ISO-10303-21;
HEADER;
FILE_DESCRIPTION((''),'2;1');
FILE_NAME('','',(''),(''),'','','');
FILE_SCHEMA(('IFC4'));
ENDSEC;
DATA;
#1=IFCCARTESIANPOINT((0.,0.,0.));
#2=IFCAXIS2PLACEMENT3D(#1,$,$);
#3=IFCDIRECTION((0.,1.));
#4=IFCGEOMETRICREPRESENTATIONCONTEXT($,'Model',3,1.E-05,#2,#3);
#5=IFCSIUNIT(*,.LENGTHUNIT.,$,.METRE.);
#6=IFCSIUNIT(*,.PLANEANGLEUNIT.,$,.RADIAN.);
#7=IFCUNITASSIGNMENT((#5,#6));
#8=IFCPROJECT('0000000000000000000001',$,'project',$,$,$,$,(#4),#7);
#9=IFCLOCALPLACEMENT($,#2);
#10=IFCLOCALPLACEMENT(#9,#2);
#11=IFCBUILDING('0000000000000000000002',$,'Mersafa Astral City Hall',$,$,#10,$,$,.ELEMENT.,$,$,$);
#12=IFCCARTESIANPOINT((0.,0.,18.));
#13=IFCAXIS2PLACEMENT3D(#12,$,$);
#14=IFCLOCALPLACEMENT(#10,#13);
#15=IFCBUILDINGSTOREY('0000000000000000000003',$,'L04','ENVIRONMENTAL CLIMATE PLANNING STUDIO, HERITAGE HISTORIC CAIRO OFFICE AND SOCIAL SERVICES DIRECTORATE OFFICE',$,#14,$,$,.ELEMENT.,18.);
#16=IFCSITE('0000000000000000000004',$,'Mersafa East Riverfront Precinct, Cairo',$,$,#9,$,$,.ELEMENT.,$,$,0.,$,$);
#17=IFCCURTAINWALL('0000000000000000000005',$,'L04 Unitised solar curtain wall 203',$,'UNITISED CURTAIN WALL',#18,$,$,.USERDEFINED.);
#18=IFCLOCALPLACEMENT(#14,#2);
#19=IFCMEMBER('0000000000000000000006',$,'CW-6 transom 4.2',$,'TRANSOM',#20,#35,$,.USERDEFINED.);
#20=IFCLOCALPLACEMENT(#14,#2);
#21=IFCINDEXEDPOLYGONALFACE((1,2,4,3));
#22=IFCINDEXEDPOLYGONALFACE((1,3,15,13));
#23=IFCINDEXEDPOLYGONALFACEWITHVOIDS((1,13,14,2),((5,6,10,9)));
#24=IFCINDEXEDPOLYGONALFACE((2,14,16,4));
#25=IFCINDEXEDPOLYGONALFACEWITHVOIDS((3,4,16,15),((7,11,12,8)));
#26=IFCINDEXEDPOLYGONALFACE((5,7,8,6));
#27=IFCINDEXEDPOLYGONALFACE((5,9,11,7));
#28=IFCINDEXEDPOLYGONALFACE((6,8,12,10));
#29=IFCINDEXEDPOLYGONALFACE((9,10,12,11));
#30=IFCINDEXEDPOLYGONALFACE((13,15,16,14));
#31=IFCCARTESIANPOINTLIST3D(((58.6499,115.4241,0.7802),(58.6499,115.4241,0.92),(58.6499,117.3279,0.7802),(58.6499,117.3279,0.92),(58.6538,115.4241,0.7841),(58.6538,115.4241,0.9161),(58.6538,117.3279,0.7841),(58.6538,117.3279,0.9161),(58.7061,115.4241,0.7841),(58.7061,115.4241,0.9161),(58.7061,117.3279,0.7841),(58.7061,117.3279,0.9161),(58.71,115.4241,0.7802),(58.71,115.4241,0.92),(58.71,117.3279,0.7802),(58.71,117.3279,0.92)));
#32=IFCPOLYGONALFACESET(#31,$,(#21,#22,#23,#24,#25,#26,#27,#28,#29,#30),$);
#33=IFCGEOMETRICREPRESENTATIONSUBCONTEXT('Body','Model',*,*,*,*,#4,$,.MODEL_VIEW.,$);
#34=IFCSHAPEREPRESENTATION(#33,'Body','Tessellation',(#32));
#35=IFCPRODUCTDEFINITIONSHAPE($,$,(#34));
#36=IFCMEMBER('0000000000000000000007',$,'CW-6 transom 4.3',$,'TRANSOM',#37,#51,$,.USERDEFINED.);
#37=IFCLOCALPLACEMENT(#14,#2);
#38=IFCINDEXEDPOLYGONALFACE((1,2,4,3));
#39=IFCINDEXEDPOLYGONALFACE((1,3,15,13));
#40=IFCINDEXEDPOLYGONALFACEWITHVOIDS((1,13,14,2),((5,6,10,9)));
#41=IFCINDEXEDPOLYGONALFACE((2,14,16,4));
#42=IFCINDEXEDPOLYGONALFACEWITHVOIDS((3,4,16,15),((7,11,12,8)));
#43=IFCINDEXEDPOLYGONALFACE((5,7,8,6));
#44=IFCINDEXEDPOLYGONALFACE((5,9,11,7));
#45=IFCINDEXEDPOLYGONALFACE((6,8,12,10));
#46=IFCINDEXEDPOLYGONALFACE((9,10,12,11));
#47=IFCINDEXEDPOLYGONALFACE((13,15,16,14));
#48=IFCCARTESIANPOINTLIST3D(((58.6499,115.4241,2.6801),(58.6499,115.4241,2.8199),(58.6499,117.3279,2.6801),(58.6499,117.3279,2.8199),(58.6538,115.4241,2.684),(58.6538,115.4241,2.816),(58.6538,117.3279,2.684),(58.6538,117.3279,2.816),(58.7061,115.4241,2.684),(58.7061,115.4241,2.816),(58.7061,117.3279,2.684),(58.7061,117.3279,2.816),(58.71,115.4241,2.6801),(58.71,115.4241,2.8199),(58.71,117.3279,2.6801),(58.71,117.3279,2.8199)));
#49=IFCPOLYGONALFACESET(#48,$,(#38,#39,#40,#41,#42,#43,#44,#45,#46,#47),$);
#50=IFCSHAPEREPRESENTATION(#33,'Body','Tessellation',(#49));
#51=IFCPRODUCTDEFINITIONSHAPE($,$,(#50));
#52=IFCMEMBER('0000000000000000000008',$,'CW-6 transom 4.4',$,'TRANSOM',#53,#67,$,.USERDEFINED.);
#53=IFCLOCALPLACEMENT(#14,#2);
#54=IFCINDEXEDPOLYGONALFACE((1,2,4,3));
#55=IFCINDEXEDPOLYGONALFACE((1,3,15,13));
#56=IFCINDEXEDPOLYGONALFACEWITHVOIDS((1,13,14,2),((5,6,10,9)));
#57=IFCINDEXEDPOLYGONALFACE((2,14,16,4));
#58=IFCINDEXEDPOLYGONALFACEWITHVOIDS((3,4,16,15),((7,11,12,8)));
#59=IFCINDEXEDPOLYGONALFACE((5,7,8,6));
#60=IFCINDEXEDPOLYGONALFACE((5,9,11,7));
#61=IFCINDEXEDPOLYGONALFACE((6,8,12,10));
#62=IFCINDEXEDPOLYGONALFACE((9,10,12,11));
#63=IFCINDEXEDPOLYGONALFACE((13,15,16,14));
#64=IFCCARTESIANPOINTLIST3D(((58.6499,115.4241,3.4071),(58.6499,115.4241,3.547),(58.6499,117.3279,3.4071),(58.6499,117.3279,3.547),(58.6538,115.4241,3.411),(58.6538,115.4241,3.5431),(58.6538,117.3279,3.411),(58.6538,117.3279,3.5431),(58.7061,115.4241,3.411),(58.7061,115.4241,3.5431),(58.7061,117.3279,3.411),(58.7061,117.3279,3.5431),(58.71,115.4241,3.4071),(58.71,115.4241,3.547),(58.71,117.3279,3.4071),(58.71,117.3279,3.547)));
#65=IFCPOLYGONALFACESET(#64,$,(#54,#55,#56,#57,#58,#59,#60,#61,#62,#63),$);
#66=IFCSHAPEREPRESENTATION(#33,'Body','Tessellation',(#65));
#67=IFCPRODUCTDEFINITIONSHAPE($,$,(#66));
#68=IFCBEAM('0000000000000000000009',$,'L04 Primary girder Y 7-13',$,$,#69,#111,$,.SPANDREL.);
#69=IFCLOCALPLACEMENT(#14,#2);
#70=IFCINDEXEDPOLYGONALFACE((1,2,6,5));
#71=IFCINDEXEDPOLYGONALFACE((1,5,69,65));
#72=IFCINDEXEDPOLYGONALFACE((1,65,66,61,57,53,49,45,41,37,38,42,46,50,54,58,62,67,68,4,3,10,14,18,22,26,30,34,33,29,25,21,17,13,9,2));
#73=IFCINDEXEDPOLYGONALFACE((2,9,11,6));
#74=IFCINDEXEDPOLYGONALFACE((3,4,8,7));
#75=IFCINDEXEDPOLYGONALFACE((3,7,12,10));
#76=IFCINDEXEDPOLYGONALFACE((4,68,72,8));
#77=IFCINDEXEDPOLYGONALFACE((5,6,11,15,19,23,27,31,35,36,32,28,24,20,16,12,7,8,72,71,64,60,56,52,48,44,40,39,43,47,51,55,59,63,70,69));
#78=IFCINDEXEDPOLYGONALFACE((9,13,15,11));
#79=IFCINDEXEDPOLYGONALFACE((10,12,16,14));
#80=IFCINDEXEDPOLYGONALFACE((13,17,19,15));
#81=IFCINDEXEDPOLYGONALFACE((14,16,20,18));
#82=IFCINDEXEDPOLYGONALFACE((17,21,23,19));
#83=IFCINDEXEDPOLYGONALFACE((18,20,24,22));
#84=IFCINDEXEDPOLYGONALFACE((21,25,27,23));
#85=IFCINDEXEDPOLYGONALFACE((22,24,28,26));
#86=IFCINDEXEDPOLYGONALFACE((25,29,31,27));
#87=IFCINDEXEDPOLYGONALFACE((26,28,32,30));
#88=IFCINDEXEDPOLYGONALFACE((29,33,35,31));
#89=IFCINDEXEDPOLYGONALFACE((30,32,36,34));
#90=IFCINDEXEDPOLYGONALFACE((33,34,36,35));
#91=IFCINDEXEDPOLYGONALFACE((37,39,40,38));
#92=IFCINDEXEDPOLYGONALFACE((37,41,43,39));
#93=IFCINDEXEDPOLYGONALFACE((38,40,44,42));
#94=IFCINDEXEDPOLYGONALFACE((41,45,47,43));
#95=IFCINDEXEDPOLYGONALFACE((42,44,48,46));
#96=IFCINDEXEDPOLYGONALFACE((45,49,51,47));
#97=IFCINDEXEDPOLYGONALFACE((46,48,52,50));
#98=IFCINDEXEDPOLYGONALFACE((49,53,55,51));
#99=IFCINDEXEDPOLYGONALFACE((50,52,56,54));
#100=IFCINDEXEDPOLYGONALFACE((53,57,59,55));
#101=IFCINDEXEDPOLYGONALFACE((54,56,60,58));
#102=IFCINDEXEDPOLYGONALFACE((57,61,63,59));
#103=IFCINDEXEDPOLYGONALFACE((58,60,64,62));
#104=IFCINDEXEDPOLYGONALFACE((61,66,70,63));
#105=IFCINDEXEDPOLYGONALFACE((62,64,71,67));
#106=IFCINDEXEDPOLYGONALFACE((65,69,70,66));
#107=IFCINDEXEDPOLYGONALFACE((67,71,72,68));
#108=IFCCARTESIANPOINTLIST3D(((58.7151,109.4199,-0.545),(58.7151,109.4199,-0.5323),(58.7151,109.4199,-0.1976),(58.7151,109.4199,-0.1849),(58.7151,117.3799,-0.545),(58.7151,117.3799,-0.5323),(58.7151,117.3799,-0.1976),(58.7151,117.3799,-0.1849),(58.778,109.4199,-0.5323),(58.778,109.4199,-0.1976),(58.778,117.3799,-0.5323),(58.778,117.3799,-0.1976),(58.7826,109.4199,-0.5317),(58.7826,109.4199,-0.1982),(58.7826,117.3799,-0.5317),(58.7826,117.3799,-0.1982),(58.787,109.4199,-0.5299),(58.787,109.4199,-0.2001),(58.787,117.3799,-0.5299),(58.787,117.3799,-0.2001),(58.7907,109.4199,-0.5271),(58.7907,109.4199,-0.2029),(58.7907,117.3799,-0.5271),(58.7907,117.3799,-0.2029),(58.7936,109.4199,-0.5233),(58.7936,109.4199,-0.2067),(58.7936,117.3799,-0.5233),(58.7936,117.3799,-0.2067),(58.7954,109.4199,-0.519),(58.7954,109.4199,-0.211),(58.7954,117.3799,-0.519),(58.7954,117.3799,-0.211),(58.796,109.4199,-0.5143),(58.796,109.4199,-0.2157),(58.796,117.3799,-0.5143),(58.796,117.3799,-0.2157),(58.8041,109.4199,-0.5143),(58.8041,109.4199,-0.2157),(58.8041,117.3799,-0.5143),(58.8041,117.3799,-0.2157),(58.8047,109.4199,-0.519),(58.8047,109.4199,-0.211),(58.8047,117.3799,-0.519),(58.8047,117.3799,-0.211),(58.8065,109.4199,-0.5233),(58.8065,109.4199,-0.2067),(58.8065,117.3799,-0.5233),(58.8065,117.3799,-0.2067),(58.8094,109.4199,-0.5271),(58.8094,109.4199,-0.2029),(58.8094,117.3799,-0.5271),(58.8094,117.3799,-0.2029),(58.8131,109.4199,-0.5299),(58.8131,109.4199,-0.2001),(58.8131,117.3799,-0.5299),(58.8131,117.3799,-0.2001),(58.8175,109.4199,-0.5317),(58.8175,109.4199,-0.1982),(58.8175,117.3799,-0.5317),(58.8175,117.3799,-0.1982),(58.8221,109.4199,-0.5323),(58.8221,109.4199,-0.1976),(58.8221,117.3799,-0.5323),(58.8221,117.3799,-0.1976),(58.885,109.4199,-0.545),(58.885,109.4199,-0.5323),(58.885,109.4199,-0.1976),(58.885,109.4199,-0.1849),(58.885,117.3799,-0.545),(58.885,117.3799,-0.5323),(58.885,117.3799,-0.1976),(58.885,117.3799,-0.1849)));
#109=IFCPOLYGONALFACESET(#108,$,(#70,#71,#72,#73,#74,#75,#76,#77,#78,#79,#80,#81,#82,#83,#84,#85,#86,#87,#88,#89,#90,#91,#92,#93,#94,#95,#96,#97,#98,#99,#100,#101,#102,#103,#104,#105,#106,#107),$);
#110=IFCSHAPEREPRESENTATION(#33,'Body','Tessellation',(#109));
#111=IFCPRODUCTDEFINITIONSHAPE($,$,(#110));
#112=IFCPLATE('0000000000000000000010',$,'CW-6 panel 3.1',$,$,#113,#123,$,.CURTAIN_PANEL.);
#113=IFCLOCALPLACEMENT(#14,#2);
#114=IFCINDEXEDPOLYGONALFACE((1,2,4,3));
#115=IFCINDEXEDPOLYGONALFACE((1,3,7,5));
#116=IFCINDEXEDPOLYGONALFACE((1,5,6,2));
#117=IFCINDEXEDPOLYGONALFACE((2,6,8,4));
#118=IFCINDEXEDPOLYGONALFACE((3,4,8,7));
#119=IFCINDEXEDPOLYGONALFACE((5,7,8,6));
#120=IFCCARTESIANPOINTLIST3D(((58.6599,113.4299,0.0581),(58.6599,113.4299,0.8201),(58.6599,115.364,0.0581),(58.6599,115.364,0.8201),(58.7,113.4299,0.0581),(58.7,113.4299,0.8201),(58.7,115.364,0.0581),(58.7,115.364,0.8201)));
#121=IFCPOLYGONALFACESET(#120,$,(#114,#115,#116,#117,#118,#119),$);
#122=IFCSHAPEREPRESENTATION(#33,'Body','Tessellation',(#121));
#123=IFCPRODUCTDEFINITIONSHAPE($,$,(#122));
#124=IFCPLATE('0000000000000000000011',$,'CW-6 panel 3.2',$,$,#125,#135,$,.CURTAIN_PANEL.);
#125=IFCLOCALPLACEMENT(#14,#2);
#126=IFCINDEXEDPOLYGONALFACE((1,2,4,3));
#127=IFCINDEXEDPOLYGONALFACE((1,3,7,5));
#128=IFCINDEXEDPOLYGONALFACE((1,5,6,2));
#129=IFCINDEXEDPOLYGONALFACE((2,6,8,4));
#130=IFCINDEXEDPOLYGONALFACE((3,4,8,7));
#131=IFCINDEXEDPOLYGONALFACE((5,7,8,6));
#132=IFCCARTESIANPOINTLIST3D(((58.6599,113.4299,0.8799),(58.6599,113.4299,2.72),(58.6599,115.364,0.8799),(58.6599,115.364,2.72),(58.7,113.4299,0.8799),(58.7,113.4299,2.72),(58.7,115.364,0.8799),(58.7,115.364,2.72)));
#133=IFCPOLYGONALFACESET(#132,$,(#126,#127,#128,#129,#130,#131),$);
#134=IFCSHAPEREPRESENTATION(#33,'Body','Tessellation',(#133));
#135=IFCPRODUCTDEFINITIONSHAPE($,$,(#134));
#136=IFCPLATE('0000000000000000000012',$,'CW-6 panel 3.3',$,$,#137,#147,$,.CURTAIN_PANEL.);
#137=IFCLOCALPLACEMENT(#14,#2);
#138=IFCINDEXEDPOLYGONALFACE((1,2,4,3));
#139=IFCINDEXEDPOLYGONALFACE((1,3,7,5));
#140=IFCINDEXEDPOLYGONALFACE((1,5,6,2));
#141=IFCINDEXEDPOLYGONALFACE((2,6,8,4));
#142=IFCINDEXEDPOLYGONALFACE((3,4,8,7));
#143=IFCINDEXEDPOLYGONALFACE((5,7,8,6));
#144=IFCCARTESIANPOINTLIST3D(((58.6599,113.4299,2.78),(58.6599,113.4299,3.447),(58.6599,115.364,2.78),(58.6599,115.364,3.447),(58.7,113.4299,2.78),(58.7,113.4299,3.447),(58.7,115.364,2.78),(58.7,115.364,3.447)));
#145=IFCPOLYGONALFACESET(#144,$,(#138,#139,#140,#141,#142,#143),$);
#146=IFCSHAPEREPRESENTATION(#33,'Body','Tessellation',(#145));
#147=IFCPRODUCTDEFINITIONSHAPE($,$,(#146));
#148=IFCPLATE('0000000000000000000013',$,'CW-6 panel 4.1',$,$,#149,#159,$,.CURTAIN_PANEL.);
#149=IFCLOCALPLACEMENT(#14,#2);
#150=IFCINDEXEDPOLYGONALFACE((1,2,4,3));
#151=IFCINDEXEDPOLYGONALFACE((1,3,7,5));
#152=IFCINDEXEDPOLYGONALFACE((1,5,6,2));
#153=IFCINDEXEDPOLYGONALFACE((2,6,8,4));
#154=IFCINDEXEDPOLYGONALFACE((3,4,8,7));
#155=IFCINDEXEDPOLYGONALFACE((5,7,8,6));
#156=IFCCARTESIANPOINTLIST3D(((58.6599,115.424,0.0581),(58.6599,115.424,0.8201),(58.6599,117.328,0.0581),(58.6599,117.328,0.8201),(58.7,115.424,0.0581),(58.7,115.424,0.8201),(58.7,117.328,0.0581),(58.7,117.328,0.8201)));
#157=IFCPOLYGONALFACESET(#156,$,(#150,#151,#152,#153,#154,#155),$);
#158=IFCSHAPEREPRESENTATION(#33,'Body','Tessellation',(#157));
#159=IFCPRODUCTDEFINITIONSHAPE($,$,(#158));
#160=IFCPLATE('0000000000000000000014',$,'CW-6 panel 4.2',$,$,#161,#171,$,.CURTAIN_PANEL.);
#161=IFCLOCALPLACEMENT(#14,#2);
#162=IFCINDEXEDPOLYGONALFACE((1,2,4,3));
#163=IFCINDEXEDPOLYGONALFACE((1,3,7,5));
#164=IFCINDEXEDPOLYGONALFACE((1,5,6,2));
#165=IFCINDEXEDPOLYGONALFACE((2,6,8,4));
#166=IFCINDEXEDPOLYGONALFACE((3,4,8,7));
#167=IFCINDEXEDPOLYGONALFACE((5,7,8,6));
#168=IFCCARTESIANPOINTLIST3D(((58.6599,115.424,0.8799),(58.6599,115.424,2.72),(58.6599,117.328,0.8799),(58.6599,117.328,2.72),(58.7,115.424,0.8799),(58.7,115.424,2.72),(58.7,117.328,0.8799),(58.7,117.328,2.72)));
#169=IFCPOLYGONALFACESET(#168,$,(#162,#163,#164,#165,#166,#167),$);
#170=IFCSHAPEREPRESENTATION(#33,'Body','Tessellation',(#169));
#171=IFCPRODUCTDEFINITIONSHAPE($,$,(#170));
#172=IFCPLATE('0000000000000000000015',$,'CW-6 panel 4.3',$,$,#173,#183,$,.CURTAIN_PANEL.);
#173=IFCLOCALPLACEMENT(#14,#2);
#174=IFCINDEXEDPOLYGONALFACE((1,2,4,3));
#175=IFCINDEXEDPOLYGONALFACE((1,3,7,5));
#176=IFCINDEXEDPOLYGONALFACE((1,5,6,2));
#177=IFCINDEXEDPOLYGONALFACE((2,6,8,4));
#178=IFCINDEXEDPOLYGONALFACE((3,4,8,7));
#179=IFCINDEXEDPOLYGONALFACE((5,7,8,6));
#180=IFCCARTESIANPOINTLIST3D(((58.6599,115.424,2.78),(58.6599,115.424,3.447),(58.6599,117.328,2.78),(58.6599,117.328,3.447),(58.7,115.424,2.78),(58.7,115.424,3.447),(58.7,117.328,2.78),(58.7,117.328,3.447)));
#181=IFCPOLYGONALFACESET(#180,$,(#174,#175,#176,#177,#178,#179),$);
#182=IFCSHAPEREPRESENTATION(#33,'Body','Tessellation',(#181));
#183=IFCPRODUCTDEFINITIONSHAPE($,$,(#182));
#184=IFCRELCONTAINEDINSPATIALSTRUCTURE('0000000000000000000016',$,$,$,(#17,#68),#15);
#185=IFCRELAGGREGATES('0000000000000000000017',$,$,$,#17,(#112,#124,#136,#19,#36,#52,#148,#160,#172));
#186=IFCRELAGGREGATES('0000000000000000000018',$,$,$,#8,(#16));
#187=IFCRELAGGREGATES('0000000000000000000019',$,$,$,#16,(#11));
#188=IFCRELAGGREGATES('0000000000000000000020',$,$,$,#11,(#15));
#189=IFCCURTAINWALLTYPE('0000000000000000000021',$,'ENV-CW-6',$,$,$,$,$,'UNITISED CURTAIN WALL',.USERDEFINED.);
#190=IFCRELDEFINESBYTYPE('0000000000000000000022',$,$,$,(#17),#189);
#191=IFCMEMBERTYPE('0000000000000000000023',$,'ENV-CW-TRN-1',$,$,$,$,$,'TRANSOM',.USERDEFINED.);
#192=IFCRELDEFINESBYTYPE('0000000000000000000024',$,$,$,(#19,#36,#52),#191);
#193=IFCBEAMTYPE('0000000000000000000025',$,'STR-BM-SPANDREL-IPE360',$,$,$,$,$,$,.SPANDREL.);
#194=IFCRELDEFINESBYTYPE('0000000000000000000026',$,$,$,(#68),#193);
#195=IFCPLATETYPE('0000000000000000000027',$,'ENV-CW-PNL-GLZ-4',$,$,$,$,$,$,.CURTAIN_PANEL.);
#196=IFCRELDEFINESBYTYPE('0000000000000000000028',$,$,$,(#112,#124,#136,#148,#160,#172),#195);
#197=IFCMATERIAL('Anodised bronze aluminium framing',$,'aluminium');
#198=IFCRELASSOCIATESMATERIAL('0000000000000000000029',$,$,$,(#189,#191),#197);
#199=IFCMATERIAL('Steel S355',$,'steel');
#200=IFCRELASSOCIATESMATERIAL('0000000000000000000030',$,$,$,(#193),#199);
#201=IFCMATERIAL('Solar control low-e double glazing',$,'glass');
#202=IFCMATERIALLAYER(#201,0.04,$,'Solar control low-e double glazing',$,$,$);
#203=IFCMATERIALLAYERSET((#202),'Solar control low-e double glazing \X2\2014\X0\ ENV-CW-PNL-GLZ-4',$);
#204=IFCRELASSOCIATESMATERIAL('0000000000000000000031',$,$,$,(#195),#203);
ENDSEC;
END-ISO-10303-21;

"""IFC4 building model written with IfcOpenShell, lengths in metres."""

from ifc_helpers import new_model, si_unit, direction, frame, origin, origin_2d, place, context, subcontext, project, spatial, rectangle, hollow_rectangle, i_section, extrude, material, layer, layer_set, material_profile, profile_set, type_object, element, aggregate, save


model = new_model("IFC4")

# Units and contexts
model_context = context("Model", 3, precision=1e-05, world=origin(), true_north=direction((0.0, 1.0)))
body_context = subcontext(model_context, "Body", "Model", "MODEL_VIEW")
ifc_project = project(units=[si_unit("LENGTHUNIT", "METRE"), si_unit("PLANEANGLEUNIT", "RADIAN")], contexts=[model_context])

# Site, building, storey
site_placement = place(None, origin())
site = spatial("IfcSite", under=ifc_project, at=site_placement, Name="Mersafa East Riverfront Precinct, Cairo", CompositionType="ELEMENT", RefElevation=0.0)
building_placement = place(site_placement, origin())
building = spatial("IfcBuilding", under=site, at=building_placement, Name="Mersafa Astral City Hall", CompositionType="ELEMENT")
storey_placement = place(building_placement, frame((0.0, 0.0, 18.0)))
storey = spatial("IfcBuildingStorey", under=building, at=storey_placement, Name="L04", Description="ENVIRONMENTAL CLIMATE PLANNING STUDIO, HERITAGE HISTORIC CAIRO OFFICE AND SOCIAL SERVICES DIRECTORATE OFFICE", CompositionType="ELEMENT", Elevation=18.0)

# Shared definitions
ifc_material_1 = material(Name="Steel S355", Category="steel")

# Curtain wall, members
ifc_material_2 = material(Name="Anodised bronze aluminium framing", Category="aluminium")
curtain_wall_type = type_object("IfcCurtainWallType", Name="ENV-CW-6", ElementType="UNITISED CURTAIN WALL", PredefinedType="USERDEFINED", material=ifc_material_2)
curtain_wall_placement = place(storey_placement, origin())
curtain_wall = element("IfcCurtainWall", 1, at=curtain_wall_placement, inside=storey, type_object=curtain_wall_type, Name="L04 Unitised solar curtain wall 203", ObjectType="UNITISED CURTAIN WALL", PredefinedType="USERDEFINED")
ifc_material_profile_1 = material_profile(ifc_material_2, hollow_rectangle(XDim=0.0601, YDim=0.1399, WallThickness=0.0039, at=origin_2d()), Name="RHS 60x140x4")
ifc_profile_set_1 = profile_set([ifc_material_profile_1], Name="Anodised bronze aluminium framing")
member_type_1 = type_object("IfcMemberType", Name="ENV-CW-TRN-1", ElementType="TRANSOM", PredefinedType="USERDEFINED", material=ifc_profile_set_1)
member_1_placement = place(storey_placement, frame((58.6799, 115.4241, 0.8501), z_axis=(0.0, 1.0, 0.0), x_axis=(-1.0, 0.0, 0.0)))
member_1 = element("IfcMember", 2, at=member_1_placement, type_object=member_type_1, Name="CW-6 transom 4.2", ObjectType="TRANSOM", PredefinedType="USERDEFINED", context=body_context, shape_type="SweptSolid", body=[
    extrude(hollow_rectangle(XDim=0.0601, YDim=0.1399, WallThickness=0.0039, at=origin_2d()), origin(), (0.0, 0.0, 1.0), 1.9038),
])
member_2_placement = place(storey_placement, frame((58.6799, 115.4241, 2.75), z_axis=(0.0, 1.0, 0.0), x_axis=(-1.0, 0.0, 0.0)))
member_2 = element("IfcMember", 3, at=member_2_placement, type_object=member_type_1, Name="CW-6 transom 4.3", ObjectType="TRANSOM", PredefinedType="USERDEFINED", context=body_context, shape_type="SweptSolid", body=[
    extrude(hollow_rectangle(XDim=0.0601, YDim=0.1399, WallThickness=0.0039, at=origin_2d()), origin(), (0.0, 0.0, 1.0), 1.9038),
])
member_3_placement = place(storey_placement, frame((58.6799, 115.4241, 3.4771), z_axis=(0.0, 1.0, 0.0), x_axis=(-1.0, 0.0, 0.0)))
member_3 = element("IfcMember", 4, at=member_3_placement, type_object=member_type_1, Name="CW-6 transom 4.4", ObjectType="TRANSOM", PredefinedType="USERDEFINED", context=body_context, shape_type="SweptSolid", body=[
    extrude(hollow_rectangle(XDim=0.0601, YDim=0.1399, WallThickness=0.0039, at=origin_2d()), origin(), (0.0, 0.0, 1.0), 1.9038),
])

# Beam
ifc_material_profile_2 = material_profile(ifc_material_1, i_section(OverallWidth=0.1699, OverallDepth=0.3601, WebThickness=0.0081, FlangeThickness=0.0127, FilletRadius=0.0181, at=origin_2d()), Name="IPE 360")
ifc_profile_set_2 = profile_set([ifc_material_profile_2], Name="Steel S355")
beam_type = type_object("IfcBeamType", Name="STR-BM-SPANDREL-IPE360", PredefinedType="SPANDREL", material=ifc_profile_set_2)
beam_placement = place(storey_placement, frame((58.8, 109.4199, -0.365), z_axis=(0.0, 1.0, 0.0), x_axis=(-1.0, 0.0, 0.0)))
element("IfcBeam", 5, at=beam_placement, inside=storey, type_object=beam_type, Name="L04 Primary girder Y 7-13", PredefinedType="SPANDREL", context=body_context, shape_type="SweptSolid", body=[
    extrude(i_section(OverallWidth=0.1699, OverallDepth=0.3601, WebThickness=0.0081, FlangeThickness=0.0127, FilletRadius=0.0181, at=origin_2d()), origin(), (0.0, 0.0, 1.0), 7.96),
])

# Plates
ifc_material_3 = material(Name="Solar control low-e double glazing", Category="glass")
ifc_layer_1 = layer(ifc_material_3, 0.04, Name="Solar control low-e double glazing")
ifc_layer_set_1 = layer_set([ifc_layer_1], Name="Solar control low-e double glazing — ENV-CW-PNL-GLZ-4")
plate_type = type_object("IfcPlateType", Name="ENV-CW-PNL-GLZ-4", PredefinedType="CURTAIN_PANEL", material=ifc_layer_set_1)
plate_1_placement = place(storey_placement, frame((58.6799, 114.397, 0.0581), z_axis=(0.0, 0.0, 1.0), x_axis=(0.0, 1.0, 0.0)))
plate_1 = element("IfcPlate", 6, at=plate_1_placement, type_object=plate_type, Name="CW-6 panel 3.1", PredefinedType="CURTAIN_PANEL", context=body_context, shape_type="SweptSolid", body=[
    extrude(rectangle(XDim=1.9341, YDim=0.04, at=origin_2d()), origin(), (0.0, 0.0, 1.0), 0.762),
])
plate_2_placement = place(storey_placement, frame((58.6799, 114.397, 0.8799), z_axis=(0.0, 0.0, 1.0), x_axis=(0.0, 1.0, 0.0)))
plate_2 = element("IfcPlate", 7, at=plate_2_placement, type_object=plate_type, Name="CW-6 panel 3.2", PredefinedType="CURTAIN_PANEL", context=body_context, shape_type="SweptSolid", body=[
    extrude(rectangle(XDim=1.9341, YDim=0.04, at=origin_2d()), origin(), (0.0, 0.0, 1.0), 1.8401),
])
plate_3_placement = place(storey_placement, frame((58.6799, 114.397, 2.78), z_axis=(0.0, 0.0, 1.0), x_axis=(0.0, 1.0, 0.0)))
plate_3 = element("IfcPlate", 8, at=plate_3_placement, type_object=plate_type, Name="CW-6 panel 3.3", PredefinedType="CURTAIN_PANEL", context=body_context, shape_type="SweptSolid", body=[
    extrude(rectangle(XDim=1.9341, YDim=0.04, at=origin_2d()), origin(), (0.0, 0.0, 1.0), 0.667),
])
plate_4_placement = place(storey_placement, frame((58.6799, 116.376, 0.0581), z_axis=(0.0, 0.0, 1.0), x_axis=(0.0, 1.0, 0.0)))
plate_4 = element("IfcPlate", 9, at=plate_4_placement, type_object=plate_type, Name="CW-6 panel 4.1", PredefinedType="CURTAIN_PANEL", context=body_context, shape_type="SweptSolid", body=[
    extrude(rectangle(XDim=1.9041, YDim=0.04, at=origin_2d()), origin(), (0.0, 0.0, 1.0), 0.762),
])
plate_5_placement = place(storey_placement, frame((58.6799, 116.376, 0.8799), z_axis=(0.0, 0.0, 1.0), x_axis=(0.0, 1.0, 0.0)))
plate_5 = element("IfcPlate", 10, at=plate_5_placement, type_object=plate_type, Name="CW-6 panel 4.2", PredefinedType="CURTAIN_PANEL", context=body_context, shape_type="SweptSolid", body=[
    extrude(rectangle(XDim=1.9041, YDim=0.04, at=origin_2d()), origin(), (0.0, 0.0, 1.0), 1.8401),
])
plate_6_placement = place(storey_placement, frame((58.6799, 116.376, 2.78), z_axis=(0.0, 0.0, 1.0), x_axis=(0.0, 1.0, 0.0)))
plate_6 = element("IfcPlate", 11, at=plate_6_placement, type_object=plate_type, Name="CW-6 panel 4.3", PredefinedType="CURTAIN_PANEL", context=body_context, shape_type="SweptSolid", body=[
    extrude(rectangle(XDim=1.9041, YDim=0.04, at=origin_2d()), origin(), (0.0, 0.0, 1.0), 0.667),
])
aggregate(curtain_wall, [plate_1, plate_2, plate_3, member_1, member_2, member_3, plate_4, plate_5, plate_6])

save(model, "model.ifc")
